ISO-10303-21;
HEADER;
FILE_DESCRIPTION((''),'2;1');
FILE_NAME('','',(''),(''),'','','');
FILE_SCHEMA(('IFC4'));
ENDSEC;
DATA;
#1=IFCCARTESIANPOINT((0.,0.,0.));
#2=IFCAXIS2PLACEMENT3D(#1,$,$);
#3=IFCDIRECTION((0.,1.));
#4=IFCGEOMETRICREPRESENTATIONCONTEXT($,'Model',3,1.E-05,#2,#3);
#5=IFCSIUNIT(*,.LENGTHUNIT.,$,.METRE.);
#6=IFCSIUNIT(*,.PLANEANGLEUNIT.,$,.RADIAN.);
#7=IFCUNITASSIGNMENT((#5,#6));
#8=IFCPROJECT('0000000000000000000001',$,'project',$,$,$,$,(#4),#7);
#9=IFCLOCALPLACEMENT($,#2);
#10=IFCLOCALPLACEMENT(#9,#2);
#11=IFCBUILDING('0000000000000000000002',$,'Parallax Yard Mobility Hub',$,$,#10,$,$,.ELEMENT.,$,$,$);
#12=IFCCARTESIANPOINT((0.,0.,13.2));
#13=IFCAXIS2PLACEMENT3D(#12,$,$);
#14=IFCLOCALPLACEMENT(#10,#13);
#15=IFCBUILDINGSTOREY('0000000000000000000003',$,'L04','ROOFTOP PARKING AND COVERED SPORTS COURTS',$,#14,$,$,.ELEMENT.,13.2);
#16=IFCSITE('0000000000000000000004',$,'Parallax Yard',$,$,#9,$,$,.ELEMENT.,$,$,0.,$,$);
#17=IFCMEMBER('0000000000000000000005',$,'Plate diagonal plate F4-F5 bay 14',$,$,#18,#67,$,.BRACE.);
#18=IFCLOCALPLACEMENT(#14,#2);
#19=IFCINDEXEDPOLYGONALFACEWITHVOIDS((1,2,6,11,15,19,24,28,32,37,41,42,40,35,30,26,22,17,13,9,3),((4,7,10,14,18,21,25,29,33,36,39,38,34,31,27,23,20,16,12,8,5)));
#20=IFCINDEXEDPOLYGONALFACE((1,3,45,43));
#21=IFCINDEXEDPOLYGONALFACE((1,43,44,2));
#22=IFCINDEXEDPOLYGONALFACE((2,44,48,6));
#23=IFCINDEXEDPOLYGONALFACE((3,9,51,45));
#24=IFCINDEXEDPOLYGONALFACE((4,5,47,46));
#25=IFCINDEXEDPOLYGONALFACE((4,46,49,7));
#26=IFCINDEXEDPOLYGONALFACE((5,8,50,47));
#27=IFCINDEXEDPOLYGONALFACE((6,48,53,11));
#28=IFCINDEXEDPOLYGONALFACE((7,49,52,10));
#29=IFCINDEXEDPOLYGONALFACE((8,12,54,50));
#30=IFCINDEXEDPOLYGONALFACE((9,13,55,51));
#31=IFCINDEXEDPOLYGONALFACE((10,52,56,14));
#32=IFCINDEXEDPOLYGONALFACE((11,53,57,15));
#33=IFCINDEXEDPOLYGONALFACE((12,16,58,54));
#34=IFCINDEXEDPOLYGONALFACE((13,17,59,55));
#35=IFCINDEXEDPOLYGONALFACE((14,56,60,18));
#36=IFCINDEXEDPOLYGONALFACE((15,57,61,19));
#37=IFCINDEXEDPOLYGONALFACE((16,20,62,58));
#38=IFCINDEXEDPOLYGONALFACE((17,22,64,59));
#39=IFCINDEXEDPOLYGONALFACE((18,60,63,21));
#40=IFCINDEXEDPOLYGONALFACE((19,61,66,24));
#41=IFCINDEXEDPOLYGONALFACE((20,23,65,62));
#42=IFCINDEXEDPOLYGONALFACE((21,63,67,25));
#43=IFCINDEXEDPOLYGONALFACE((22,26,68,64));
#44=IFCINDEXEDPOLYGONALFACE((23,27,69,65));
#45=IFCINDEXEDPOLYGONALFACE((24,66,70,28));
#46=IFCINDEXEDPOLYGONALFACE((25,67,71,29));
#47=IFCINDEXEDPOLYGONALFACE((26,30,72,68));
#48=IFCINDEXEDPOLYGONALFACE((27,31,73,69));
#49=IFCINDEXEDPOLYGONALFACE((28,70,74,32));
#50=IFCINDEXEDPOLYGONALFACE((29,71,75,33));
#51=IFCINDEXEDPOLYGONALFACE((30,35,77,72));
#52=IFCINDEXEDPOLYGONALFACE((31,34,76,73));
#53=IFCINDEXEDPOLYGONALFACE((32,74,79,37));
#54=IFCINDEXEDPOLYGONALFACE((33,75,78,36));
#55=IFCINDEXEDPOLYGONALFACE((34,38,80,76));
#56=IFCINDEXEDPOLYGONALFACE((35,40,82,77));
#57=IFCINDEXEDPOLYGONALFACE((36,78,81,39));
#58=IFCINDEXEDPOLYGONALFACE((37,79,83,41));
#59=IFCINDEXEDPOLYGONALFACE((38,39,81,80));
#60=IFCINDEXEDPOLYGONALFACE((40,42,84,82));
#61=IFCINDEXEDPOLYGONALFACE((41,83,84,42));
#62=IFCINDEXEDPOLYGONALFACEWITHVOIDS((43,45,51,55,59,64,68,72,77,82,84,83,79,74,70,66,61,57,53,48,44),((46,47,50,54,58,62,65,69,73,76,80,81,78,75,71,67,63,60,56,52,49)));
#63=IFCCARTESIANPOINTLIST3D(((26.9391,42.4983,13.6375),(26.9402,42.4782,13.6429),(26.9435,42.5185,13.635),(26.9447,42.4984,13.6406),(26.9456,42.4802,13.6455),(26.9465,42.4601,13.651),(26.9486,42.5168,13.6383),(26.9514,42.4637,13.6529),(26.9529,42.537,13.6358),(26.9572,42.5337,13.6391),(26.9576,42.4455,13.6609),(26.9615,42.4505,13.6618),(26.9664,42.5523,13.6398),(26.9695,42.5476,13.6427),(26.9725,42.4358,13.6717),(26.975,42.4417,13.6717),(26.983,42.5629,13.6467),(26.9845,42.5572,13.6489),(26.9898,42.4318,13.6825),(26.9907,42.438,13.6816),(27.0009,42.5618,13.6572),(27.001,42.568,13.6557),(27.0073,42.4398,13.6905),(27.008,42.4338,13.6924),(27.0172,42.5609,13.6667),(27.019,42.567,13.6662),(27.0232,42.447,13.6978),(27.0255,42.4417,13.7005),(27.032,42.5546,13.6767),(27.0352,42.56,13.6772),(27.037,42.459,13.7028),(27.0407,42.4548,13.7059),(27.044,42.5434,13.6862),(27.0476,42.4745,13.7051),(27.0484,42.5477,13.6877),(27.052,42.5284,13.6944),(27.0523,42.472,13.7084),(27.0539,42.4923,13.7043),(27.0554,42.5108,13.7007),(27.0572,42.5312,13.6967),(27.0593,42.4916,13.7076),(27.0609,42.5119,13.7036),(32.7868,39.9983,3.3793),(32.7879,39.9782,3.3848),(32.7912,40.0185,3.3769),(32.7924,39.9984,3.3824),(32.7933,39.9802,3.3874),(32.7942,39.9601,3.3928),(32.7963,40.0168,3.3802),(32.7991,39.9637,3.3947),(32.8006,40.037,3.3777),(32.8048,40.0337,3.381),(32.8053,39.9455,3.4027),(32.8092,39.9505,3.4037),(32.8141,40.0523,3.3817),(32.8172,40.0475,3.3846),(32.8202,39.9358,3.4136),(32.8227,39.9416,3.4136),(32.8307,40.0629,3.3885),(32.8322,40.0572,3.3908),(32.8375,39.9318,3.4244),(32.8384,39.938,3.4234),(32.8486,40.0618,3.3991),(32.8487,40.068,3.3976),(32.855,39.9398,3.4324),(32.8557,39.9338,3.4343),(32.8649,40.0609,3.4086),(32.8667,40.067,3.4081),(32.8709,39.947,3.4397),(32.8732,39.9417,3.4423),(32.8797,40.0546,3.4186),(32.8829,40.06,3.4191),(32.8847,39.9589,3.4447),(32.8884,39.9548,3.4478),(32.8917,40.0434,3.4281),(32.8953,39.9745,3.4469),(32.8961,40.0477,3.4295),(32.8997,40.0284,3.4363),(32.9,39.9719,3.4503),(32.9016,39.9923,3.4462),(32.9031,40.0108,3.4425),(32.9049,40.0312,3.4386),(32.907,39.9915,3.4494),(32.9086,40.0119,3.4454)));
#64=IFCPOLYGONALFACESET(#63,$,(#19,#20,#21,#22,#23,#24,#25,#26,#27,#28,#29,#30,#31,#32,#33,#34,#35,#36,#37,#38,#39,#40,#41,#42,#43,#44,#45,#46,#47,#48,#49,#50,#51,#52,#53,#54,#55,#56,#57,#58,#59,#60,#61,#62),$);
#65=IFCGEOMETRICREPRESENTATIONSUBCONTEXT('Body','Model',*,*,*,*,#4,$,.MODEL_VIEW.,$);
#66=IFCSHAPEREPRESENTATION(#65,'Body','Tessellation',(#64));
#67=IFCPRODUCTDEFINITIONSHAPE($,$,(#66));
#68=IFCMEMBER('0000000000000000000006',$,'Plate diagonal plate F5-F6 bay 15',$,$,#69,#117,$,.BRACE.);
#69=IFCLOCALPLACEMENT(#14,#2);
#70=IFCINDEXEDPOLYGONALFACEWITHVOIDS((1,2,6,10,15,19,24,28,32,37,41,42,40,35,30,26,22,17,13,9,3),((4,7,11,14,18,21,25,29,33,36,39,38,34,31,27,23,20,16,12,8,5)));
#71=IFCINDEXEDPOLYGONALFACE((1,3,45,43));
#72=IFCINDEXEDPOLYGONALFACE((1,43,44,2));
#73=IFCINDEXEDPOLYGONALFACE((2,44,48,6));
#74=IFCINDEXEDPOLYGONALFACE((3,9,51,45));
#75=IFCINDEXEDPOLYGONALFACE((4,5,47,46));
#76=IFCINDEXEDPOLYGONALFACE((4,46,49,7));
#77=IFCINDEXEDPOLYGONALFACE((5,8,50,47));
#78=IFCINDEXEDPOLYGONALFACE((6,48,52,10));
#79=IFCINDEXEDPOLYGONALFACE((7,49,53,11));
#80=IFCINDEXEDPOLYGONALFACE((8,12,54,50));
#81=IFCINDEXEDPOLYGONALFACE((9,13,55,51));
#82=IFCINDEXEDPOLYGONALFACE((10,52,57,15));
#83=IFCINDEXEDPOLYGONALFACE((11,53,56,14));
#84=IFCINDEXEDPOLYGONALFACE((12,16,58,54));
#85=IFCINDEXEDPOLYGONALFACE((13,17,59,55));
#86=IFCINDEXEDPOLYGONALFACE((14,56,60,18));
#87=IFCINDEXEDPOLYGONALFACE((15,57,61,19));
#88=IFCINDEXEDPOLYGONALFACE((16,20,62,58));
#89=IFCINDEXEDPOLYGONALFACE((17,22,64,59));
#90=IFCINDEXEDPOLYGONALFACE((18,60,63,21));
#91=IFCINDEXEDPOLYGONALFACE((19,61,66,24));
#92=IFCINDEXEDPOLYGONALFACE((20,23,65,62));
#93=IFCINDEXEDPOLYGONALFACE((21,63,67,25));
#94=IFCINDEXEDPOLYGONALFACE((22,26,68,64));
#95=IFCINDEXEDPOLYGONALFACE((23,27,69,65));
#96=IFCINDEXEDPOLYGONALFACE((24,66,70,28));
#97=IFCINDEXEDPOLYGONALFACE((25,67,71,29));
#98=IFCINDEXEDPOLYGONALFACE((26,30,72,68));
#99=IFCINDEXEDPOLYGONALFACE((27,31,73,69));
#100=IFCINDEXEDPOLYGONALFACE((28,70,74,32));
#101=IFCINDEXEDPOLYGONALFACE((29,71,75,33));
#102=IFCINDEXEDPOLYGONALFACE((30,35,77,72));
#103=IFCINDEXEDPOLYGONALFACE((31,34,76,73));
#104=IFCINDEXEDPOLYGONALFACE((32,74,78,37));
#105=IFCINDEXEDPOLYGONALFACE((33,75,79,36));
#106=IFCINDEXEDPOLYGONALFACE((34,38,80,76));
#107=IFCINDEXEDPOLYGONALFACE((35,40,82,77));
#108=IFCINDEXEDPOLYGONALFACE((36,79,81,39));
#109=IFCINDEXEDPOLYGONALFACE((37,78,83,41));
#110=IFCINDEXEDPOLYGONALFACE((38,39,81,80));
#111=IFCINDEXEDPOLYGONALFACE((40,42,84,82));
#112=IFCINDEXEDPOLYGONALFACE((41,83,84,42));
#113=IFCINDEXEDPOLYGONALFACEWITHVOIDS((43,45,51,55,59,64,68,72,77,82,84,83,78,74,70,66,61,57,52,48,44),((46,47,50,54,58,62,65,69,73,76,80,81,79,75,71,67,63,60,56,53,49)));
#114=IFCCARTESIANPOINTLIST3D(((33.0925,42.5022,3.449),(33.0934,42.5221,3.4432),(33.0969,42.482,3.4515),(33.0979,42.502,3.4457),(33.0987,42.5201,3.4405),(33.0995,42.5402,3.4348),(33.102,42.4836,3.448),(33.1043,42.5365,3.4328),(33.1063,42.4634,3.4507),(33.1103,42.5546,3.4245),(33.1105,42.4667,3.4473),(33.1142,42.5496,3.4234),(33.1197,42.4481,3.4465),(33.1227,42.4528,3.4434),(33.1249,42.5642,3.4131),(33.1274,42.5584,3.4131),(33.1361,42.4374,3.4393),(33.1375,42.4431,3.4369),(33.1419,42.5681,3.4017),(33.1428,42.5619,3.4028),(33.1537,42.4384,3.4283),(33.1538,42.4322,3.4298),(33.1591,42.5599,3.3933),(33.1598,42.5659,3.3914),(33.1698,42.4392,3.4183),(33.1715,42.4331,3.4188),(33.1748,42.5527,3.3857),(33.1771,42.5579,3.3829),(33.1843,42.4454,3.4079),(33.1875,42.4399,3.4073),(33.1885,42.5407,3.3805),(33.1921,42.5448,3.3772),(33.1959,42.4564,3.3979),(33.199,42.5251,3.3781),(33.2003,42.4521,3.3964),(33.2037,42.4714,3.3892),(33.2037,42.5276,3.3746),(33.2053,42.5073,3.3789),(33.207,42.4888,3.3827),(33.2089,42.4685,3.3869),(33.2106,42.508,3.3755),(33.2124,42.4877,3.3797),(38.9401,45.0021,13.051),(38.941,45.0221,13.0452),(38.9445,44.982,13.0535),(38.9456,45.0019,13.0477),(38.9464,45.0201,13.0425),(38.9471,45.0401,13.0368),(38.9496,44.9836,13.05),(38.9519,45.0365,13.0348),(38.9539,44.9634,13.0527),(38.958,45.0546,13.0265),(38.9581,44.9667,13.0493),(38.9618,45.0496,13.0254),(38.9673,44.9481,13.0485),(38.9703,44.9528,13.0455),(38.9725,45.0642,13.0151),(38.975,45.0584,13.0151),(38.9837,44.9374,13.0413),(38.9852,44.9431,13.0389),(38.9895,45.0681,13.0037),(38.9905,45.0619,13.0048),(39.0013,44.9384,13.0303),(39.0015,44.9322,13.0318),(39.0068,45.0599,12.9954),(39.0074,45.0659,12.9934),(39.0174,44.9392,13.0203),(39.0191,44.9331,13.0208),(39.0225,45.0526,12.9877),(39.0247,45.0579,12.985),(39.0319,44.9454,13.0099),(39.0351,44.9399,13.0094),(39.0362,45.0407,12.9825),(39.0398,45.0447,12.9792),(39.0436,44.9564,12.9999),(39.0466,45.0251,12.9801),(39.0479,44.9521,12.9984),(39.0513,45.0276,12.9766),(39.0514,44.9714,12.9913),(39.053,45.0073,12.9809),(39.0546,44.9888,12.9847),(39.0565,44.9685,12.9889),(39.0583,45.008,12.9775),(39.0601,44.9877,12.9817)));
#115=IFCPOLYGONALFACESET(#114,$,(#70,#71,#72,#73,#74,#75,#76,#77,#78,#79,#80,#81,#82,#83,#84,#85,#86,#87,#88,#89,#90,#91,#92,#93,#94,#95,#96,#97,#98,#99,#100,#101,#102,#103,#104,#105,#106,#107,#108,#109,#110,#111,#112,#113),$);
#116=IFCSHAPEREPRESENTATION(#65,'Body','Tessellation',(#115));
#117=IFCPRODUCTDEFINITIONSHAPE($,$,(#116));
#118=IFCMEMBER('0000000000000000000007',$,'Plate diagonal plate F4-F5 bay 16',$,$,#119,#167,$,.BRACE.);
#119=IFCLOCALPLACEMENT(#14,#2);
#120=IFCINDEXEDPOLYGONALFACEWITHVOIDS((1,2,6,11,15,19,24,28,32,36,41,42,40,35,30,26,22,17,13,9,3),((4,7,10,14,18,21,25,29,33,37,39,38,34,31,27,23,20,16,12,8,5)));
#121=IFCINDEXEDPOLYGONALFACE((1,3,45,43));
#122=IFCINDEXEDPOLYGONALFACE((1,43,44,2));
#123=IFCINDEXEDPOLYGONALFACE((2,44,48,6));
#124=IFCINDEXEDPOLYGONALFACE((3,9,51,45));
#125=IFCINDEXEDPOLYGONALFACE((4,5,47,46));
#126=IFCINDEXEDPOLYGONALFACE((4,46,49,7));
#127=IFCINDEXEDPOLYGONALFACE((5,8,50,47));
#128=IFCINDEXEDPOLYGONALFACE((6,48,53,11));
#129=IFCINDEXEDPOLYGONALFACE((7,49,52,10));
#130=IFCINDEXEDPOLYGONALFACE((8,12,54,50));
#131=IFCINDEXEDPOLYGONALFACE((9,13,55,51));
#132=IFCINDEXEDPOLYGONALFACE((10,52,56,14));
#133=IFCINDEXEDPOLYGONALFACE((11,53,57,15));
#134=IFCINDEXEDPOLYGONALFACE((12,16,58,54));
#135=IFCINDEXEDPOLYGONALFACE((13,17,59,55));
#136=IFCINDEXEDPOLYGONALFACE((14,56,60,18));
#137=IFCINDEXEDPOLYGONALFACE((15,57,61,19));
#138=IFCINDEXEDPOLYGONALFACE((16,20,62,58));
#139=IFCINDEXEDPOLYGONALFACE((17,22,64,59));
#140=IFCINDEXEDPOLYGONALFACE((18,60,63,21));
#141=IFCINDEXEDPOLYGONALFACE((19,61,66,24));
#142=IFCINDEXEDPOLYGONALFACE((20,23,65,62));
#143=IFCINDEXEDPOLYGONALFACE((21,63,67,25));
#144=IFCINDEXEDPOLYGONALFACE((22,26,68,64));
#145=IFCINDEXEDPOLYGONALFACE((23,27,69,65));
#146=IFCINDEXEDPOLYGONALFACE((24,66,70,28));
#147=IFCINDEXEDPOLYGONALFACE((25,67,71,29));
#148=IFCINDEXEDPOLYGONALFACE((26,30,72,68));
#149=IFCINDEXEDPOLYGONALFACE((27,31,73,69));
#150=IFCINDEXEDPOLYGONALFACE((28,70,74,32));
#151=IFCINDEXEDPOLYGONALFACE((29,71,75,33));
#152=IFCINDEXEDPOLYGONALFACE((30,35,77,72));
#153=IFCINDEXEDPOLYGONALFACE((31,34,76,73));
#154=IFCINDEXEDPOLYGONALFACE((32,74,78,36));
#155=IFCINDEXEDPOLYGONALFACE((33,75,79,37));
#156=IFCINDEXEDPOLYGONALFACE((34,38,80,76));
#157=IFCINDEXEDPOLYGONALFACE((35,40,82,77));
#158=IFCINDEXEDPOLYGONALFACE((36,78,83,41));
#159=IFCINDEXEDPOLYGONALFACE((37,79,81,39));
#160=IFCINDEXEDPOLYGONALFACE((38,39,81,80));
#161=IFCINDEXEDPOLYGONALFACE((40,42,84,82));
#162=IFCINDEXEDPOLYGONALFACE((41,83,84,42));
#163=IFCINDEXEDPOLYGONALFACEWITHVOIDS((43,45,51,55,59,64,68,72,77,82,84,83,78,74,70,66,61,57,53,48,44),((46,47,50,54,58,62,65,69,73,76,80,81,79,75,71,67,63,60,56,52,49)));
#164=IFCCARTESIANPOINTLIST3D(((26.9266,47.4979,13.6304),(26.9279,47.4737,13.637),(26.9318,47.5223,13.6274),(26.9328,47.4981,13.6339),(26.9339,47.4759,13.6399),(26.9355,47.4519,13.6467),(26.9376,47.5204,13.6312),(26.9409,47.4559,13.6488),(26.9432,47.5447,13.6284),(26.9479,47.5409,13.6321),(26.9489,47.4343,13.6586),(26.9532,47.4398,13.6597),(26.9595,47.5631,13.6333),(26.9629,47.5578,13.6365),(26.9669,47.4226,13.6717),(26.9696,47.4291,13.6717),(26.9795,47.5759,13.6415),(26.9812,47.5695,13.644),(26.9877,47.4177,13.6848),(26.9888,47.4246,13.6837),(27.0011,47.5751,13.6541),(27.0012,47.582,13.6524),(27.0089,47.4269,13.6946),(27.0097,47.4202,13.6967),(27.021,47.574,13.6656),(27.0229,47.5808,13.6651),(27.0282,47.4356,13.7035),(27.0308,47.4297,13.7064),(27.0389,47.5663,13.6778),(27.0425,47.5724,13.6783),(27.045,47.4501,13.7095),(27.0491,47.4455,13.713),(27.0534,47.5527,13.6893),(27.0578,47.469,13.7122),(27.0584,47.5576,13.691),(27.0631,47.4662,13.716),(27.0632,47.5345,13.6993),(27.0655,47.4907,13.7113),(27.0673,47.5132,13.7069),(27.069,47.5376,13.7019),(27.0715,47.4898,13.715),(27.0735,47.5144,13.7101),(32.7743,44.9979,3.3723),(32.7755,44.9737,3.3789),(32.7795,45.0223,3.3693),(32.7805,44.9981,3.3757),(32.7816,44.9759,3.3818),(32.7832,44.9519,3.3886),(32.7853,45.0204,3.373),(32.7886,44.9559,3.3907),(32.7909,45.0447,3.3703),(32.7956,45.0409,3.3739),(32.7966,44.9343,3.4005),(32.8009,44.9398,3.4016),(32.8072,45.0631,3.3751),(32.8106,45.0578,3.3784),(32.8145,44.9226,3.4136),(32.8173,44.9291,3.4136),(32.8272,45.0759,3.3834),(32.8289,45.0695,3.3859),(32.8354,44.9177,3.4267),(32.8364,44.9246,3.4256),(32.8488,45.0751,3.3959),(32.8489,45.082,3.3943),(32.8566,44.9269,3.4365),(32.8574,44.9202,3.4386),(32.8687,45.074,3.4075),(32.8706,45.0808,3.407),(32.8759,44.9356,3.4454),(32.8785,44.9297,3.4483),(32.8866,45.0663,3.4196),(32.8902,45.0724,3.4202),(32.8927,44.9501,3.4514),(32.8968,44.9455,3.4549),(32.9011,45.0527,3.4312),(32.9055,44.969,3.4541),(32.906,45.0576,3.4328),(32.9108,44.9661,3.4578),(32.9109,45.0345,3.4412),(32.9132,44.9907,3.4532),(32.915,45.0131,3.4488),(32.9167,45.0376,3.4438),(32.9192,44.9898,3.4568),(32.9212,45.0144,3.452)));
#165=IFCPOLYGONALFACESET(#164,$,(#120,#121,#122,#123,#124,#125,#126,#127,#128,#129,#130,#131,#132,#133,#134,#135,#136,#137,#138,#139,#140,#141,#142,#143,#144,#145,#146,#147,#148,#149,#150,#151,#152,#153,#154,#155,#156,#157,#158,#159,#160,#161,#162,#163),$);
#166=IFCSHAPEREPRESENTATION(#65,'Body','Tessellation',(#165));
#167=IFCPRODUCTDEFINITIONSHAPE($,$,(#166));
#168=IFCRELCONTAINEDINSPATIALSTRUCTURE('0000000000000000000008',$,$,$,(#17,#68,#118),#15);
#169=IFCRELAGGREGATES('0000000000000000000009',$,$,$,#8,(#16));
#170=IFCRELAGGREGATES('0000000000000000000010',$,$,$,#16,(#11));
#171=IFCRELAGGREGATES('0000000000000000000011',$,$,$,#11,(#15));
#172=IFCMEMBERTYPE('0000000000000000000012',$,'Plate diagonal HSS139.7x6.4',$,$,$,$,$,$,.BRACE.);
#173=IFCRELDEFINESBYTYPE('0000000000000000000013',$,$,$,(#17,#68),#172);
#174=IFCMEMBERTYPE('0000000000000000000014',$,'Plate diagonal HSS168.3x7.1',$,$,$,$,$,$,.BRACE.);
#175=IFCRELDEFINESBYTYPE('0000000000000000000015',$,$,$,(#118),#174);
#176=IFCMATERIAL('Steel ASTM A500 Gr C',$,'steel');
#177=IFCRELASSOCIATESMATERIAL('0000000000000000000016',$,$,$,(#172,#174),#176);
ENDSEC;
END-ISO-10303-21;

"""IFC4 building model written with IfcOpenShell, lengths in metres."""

from ifc_helpers import new_model, si_unit, direction, frame, origin, origin_2d, place, context, subcontext, project, spatial, hollow_circle, extrude, material, material_profile, profile_set, type_object, element, save


model = new_model("IFC4")

# Units and contexts
model_context = context("Model", 3, precision=1e-05, world=origin(), true_north=direction((0.0, 1.0)))
body_context = subcontext(model_context, "Body", "Model", "MODEL_VIEW")
ifc_project = project(units=[si_unit("LENGTHUNIT", "METRE"), si_unit("PLANEANGLEUNIT", "RADIAN")], contexts=[model_context])

# Site, building, storey
site_placement = place(None, origin())
site = spatial("IfcSite", under=ifc_project, at=site_placement, Name="Parallax Yard", CompositionType="ELEMENT", RefElevation=0.0)
building_placement = place(site_placement, origin())
building = spatial("IfcBuilding", under=site, at=building_placement, Name="Parallax Yard Mobility Hub", CompositionType="ELEMENT")
storey_placement = place(building_placement, frame((0.0, 0.0, 13.2)))
storey = spatial("IfcBuildingStorey", under=building, at=storey_placement, Name="L04", Description="ROOFTOP PARKING AND COVERED SPORTS COURTS", CompositionType="ELEMENT", Elevation=13.2)

# Members
ifc_material_1 = material(Name="Steel ASTM A500 Gr C", Category="steel")
ifc_material_profile_1 = material_profile(ifc_material_1, hollow_circle(Radius=0.0698, WallThickness=0.0063, at=origin_2d()), Name="HSS139.7x6.4")
ifc_profile_set_1 = profile_set([ifc_material_profile_1], Name="Steel ASTM A500 Gr C")
member_type_1 = type_object("IfcMemberType", Name="Plate diagonal HSS139.7x6.4", PredefinedType="BRACE", material=ifc_profile_set_1)
member_1_placement = place(storey_placement, frame((32.8477, 40.0, 3.4136), z_axis=(-0.484499, 0.207134, 0.849916), x_axis=(-0.393104, -0.919494, 0.0)))
element("IfcMember", 1, at=member_1_placement, inside=storey, type_object=member_type_1, Name="Plate diagonal plate F4-F5 bay 14", PredefinedType="BRACE", context=body_context, shape_type="SweptSolid", body=[
    extrude(hollow_circle(Radius=0.0698, WallThickness=0.0063, at=origin_2d()), origin(), (0.0, 0.0, 1.0), 12.0696),
])
member_2_placement = place(storey_placement, frame((33.1523, 42.5, 3.4131), z_axis=(0.507735, 0.217068, 0.833718), x_axis=(-0.393104, 0.919494, 0.0)))
element("IfcMember", 2, at=member_2_placement, inside=storey, type_object=member_type_1, Name="Plate diagonal plate F5-F6 bay 15", PredefinedType="BRACE", context=body_context, shape_type="SweptSolid", body=[
    extrude(hollow_circle(Radius=0.0698, WallThickness=0.0063, at=origin_2d()), origin(), (0.0, 0.0, 1.0), 11.5171),
])
ifc_material_profile_2 = material_profile(ifc_material_1, hollow_circle(Radius=0.0842, WallThickness=0.0071, at=origin_2d()), Name="HSS168.3x7.1")
ifc_profile_set_2 = profile_set([ifc_material_profile_2], Name="Steel ASTM A500 Gr C")
member_type_2 = type_object("IfcMemberType", Name="Plate diagonal HSS168.3x7.1", PredefinedType="BRACE", material=ifc_profile_set_2)
member_3_placement = place(storey_placement, frame((32.8477, 45.0, 3.4136), z_axis=(-0.484499, 0.207134, 0.849916), x_axis=(-0.393104, -0.919494, 0.0)))
element("IfcMember", 3, at=member_3_placement, inside=storey, type_object=member_type_2, Name="Plate diagonal plate F4-F5 bay 16", PredefinedType="BRACE", context=body_context, shape_type="SweptSolid", body=[
    extrude(hollow_circle(Radius=0.0842, WallThickness=0.0071, at=origin_2d()), origin(), (0.0, 0.0, 1.0), 12.0696),
])

save(model, "model.ifc")
